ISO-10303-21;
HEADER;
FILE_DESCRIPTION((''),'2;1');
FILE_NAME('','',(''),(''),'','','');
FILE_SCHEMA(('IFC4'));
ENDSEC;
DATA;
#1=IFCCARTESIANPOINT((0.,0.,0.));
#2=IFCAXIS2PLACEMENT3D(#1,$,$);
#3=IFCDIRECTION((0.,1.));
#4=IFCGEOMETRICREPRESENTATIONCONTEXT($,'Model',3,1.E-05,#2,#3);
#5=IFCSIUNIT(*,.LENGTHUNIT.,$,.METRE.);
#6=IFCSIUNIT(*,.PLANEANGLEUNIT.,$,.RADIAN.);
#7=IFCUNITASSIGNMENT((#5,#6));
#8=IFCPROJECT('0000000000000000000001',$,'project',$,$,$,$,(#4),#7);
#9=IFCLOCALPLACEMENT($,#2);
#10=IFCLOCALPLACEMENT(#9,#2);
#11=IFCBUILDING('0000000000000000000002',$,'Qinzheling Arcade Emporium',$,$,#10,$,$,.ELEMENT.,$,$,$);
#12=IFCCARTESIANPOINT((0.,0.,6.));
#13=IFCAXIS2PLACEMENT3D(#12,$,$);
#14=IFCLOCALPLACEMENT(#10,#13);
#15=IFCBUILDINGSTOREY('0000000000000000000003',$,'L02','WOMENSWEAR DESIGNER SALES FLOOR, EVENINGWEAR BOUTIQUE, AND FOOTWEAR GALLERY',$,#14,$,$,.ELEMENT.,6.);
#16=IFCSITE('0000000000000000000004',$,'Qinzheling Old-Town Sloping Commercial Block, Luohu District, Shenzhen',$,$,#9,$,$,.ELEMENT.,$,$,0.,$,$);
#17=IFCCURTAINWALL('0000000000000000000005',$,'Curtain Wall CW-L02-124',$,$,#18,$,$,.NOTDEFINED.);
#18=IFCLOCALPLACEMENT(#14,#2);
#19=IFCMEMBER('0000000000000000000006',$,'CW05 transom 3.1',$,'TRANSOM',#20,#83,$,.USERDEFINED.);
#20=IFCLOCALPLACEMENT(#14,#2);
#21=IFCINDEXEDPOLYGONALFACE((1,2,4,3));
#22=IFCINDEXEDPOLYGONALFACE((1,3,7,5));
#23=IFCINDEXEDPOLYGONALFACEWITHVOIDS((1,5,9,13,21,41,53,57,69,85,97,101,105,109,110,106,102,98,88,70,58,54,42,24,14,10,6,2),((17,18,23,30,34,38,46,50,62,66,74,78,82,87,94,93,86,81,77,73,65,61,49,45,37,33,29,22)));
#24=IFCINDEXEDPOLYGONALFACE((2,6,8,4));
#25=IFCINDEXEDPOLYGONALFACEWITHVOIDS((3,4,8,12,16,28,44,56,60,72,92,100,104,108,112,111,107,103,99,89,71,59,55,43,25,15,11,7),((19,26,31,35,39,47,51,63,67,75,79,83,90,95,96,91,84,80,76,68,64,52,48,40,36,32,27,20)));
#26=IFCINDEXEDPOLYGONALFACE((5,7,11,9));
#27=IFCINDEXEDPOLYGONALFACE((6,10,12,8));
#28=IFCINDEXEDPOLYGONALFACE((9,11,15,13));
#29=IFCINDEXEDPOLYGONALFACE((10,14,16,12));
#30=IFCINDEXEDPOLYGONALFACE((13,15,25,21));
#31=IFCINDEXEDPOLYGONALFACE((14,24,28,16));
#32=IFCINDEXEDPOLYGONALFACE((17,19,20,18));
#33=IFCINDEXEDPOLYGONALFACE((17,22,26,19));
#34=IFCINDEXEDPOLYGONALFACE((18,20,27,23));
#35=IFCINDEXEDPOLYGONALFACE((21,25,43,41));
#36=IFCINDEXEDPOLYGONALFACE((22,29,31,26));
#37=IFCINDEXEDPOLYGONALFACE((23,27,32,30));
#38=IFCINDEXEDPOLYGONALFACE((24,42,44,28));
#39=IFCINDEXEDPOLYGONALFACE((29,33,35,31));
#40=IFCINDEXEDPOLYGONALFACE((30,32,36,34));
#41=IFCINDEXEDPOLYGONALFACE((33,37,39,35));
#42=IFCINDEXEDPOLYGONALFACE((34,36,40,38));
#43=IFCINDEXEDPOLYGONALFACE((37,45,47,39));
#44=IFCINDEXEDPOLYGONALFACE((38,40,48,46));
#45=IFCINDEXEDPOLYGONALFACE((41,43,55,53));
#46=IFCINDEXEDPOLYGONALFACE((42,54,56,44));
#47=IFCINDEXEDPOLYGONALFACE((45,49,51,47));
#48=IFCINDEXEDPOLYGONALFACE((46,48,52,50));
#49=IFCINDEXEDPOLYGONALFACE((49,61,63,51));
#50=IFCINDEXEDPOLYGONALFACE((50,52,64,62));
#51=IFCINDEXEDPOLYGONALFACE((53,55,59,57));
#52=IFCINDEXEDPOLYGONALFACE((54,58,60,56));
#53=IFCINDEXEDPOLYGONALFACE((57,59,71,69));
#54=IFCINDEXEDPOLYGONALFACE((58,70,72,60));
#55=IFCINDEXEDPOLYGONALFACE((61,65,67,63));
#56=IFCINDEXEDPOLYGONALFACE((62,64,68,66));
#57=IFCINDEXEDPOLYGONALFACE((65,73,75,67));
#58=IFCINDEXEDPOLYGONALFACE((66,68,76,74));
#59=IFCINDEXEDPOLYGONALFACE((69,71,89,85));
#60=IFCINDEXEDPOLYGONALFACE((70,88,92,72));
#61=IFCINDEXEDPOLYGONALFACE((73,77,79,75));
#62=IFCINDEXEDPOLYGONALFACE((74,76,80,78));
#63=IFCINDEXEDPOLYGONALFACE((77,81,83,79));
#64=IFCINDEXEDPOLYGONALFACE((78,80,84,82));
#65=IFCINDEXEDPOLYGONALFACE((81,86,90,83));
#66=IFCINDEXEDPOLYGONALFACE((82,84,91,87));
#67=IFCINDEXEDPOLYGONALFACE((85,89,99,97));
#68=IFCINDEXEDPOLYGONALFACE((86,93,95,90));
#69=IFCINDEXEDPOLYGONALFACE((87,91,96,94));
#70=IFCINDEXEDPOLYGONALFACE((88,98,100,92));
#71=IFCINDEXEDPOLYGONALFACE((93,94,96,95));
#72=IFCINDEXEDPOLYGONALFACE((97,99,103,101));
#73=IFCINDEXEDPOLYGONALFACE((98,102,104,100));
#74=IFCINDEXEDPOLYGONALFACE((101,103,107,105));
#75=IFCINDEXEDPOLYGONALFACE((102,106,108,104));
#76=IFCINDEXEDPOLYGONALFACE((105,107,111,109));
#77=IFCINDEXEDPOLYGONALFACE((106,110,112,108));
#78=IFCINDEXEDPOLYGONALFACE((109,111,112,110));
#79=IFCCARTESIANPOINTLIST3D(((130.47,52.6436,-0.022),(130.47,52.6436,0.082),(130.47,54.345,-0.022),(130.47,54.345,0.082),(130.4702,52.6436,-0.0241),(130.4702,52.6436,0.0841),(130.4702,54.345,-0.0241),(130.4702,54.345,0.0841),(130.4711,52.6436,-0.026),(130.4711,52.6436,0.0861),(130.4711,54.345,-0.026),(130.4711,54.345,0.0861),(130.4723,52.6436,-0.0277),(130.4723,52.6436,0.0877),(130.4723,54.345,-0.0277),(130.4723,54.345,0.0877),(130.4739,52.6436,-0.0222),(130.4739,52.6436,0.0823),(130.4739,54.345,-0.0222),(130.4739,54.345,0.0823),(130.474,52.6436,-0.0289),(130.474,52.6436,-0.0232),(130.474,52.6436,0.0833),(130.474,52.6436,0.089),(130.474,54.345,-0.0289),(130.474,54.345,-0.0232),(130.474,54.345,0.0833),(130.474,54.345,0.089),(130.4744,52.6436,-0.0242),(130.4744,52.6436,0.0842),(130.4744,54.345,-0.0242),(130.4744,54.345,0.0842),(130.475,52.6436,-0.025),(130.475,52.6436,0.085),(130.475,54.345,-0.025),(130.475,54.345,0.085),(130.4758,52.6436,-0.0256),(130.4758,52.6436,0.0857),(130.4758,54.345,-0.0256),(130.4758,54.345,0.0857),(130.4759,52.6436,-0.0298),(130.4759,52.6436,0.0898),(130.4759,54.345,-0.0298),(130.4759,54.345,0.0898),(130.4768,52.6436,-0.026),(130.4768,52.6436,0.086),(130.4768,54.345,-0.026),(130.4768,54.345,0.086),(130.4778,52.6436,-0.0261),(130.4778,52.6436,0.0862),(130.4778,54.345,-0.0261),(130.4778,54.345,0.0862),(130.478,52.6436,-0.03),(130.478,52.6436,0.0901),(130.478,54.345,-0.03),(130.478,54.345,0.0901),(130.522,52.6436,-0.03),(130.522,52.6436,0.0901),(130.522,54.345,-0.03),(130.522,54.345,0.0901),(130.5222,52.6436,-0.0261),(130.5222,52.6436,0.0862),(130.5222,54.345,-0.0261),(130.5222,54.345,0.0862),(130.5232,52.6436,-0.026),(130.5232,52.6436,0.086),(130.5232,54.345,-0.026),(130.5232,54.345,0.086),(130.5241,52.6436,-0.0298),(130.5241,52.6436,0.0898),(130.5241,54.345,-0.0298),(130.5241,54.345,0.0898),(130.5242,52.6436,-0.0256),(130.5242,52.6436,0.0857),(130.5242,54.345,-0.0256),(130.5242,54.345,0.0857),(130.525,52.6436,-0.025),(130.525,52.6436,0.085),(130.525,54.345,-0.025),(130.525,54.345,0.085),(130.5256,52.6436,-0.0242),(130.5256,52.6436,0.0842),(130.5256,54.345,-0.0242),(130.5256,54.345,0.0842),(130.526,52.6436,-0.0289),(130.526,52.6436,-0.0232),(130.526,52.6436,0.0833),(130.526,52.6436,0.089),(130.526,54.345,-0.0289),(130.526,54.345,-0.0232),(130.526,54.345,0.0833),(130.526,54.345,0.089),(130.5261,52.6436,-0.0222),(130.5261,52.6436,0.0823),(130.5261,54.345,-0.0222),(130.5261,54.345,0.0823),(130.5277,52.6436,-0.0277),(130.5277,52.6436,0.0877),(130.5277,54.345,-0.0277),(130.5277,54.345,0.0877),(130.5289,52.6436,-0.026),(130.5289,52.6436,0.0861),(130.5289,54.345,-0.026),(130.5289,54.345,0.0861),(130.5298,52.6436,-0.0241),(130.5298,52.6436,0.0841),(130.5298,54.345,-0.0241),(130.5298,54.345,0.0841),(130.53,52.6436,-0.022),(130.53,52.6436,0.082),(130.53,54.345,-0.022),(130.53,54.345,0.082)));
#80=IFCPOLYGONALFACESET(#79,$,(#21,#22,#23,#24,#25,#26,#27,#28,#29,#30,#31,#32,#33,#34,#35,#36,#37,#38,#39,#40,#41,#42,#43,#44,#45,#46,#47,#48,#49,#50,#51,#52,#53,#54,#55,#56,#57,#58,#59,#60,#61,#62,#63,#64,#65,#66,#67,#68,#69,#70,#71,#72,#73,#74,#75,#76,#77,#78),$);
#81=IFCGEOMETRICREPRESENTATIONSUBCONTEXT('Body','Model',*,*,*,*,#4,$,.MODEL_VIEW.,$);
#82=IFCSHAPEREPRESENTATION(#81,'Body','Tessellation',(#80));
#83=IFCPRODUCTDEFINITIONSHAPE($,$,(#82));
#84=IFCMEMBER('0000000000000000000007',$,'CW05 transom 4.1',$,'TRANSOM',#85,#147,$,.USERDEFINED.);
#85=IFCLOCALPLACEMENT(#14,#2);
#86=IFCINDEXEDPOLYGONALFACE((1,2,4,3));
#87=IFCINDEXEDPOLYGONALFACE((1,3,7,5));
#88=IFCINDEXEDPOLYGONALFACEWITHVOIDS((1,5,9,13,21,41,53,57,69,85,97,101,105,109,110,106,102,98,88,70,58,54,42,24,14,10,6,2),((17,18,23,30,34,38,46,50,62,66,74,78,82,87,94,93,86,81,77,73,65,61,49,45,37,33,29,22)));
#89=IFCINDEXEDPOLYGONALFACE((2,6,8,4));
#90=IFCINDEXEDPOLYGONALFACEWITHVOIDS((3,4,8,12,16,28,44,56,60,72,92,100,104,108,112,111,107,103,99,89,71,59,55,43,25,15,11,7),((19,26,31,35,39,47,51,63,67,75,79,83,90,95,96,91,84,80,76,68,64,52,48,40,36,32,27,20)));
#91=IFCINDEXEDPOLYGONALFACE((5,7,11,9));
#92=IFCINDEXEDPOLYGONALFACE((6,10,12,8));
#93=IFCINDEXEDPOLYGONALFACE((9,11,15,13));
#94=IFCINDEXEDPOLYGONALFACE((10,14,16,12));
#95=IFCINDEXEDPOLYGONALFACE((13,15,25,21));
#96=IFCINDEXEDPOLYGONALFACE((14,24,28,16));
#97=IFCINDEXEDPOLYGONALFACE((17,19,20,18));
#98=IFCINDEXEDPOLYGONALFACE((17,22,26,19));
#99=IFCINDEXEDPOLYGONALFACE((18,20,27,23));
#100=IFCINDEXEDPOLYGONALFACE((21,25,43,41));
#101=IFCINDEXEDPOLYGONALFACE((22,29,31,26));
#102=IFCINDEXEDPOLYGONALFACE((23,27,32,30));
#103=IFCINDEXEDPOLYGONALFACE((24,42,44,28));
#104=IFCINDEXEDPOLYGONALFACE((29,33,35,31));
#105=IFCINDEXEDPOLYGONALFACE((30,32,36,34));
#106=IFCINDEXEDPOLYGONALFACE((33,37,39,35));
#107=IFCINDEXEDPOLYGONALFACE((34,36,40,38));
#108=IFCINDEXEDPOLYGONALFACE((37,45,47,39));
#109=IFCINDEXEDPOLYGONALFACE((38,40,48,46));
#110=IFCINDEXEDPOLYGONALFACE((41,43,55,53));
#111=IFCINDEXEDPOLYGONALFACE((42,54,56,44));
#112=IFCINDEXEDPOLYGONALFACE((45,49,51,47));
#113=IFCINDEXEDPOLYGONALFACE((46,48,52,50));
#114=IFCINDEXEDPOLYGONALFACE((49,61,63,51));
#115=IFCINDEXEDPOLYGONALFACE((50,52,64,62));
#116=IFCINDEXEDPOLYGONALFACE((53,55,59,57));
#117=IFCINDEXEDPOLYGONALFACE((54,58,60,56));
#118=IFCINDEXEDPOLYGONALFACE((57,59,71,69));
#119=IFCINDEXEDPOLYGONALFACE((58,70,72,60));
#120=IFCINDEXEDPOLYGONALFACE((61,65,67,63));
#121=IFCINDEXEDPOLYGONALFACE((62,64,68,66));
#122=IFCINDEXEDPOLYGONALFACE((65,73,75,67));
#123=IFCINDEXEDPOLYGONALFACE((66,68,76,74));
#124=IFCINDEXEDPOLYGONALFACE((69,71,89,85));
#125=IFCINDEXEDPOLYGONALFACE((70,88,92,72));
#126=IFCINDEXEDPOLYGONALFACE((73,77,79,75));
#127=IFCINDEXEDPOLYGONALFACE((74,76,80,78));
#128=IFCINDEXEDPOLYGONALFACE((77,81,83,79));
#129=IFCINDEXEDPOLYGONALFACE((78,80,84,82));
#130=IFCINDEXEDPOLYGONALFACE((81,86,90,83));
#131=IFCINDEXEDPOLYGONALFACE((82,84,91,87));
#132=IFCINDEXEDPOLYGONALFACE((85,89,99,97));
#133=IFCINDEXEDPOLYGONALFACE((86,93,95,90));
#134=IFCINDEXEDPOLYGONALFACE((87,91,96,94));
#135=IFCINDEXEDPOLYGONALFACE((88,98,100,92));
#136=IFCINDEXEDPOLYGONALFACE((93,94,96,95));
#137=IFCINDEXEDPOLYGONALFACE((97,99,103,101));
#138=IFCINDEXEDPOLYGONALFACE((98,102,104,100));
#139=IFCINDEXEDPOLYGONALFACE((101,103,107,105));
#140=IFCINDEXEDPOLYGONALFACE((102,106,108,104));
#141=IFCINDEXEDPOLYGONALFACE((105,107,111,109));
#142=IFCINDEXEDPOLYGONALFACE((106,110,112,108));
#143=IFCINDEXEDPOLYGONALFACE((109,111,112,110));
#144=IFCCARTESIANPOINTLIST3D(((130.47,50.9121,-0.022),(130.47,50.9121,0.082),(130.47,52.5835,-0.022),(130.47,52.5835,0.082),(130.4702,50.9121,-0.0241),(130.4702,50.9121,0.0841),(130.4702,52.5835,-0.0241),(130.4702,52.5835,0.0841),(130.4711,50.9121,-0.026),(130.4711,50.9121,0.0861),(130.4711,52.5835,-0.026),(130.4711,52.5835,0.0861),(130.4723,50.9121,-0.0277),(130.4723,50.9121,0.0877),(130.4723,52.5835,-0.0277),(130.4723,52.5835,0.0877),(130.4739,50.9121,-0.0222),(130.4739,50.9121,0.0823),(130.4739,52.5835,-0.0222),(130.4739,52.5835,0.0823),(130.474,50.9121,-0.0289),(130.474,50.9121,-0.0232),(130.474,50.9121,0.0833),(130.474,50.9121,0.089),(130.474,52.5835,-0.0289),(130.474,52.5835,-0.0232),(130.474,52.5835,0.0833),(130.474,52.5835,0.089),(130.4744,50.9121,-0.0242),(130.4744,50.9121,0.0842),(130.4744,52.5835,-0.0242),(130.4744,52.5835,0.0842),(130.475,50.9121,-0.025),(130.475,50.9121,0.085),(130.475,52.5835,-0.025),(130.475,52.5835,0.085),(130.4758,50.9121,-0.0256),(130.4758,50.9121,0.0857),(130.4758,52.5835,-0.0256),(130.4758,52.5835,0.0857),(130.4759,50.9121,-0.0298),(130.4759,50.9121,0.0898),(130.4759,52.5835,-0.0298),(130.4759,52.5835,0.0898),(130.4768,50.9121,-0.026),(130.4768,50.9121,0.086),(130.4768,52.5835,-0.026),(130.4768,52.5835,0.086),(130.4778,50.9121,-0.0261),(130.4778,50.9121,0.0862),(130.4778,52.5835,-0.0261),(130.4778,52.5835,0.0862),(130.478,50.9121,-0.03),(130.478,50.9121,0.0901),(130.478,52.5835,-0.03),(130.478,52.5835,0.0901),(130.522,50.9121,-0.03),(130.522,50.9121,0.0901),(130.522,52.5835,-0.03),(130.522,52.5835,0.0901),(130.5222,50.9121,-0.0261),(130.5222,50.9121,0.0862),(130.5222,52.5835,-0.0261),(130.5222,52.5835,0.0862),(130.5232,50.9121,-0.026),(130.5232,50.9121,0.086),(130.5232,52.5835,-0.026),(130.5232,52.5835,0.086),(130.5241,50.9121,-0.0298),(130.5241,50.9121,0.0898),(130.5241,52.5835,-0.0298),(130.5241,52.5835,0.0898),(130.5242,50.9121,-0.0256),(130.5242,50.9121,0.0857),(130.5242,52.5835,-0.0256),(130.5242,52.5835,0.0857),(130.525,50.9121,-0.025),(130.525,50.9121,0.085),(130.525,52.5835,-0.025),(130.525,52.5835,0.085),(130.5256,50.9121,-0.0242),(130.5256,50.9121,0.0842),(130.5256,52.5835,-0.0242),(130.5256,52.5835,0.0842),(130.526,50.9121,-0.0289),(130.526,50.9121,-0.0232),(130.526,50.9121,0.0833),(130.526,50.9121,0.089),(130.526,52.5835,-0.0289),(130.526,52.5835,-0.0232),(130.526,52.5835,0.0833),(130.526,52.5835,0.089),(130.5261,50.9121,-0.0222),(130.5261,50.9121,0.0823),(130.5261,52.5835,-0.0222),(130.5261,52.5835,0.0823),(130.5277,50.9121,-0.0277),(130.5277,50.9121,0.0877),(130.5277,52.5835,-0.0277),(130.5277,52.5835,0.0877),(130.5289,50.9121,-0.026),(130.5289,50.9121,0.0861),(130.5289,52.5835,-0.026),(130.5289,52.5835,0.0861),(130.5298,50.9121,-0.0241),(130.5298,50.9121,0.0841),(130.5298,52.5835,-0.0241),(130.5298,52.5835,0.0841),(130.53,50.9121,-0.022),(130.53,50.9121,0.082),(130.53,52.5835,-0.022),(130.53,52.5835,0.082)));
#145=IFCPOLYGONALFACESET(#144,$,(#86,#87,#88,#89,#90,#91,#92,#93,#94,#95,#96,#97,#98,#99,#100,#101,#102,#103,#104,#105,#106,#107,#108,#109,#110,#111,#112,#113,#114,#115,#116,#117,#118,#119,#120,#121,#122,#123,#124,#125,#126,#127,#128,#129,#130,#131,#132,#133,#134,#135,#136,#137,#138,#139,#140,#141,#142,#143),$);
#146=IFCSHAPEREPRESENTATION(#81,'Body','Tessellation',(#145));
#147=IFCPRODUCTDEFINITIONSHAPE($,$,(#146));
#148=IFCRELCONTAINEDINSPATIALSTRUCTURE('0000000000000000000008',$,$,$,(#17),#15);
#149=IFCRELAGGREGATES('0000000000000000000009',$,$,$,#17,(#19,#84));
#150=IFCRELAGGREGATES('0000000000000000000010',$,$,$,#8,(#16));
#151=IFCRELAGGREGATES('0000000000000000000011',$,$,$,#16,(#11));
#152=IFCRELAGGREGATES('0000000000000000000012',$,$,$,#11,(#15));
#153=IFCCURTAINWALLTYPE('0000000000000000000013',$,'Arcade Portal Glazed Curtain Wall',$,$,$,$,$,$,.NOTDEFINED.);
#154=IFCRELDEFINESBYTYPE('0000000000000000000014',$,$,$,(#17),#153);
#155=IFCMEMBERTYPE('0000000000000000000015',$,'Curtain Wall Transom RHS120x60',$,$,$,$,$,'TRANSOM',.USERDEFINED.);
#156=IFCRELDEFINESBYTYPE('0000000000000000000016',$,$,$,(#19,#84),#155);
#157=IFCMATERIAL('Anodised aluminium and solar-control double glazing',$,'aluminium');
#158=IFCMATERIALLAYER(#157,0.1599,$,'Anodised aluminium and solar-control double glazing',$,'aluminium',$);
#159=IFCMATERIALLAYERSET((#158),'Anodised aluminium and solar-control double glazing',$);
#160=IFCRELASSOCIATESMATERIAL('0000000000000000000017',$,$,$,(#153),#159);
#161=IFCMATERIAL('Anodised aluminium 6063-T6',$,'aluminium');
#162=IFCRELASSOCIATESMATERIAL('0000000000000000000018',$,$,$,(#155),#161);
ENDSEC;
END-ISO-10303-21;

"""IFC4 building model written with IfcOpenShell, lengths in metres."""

from ifc_helpers import new_model, si_unit, direction, frame, origin, origin_2d, place, context, subcontext, project, spatial, hollow_rectangle, extrude, material, layer, layer_set, material_profile, profile_set, type_object, element, aggregate, save


model = new_model("IFC4")

# Units and contexts
model_context = context("Model", 3, precision=1e-05, world=origin(), true_north=direction((0.0, 1.0)))
body_context = subcontext(model_context, "Body", "Model", "MODEL_VIEW")
ifc_project = project(units=[si_unit("LENGTHUNIT", "METRE"), si_unit("PLANEANGLEUNIT", "RADIAN")], contexts=[model_context])

# Site, building, storey
site_placement = place(None, origin())
site = spatial("IfcSite", under=ifc_project, at=site_placement, Name="Qinzheling Old-Town Sloping Commercial Block, Luohu District, Shenzhen", CompositionType="ELEMENT", RefElevation=0.0)
building_placement = place(site_placement, origin())
building = spatial("IfcBuilding", under=site, at=building_placement, Name="Qinzheling Arcade Emporium", CompositionType="ELEMENT")
storey_placement = place(building_placement, frame((0.0, 0.0, 6.0)))
storey = spatial("IfcBuildingStorey", under=building, at=storey_placement, Name="L02", Description="WOMENSWEAR DESIGNER SALES FLOOR, EVENINGWEAR BOUTIQUE, AND FOOTWEAR GALLERY", CompositionType="ELEMENT", Elevation=6.0)

# Curtain wall
ifc_material_1 = material(Name="Anodised aluminium and solar-control double glazing", Category="aluminium")
ifc_layer_1 = layer(ifc_material_1, 0.1599, Name="Anodised aluminium and solar-control double glazing", Category="aluminium")
ifc_layer_set_1 = layer_set([ifc_layer_1], Name="Anodised aluminium and solar-control double glazing")
curtain_wall_type = type_object("IfcCurtainWallType", Name="Arcade Portal Glazed Curtain Wall", PredefinedType="NOTDEFINED", material=ifc_layer_set_1)
curtain_wall_1_placement = place(storey_placement, origin())
curtain_wall_1 = element("IfcCurtainWall", 1, at=curtain_wall_1_placement, inside=storey, type_object=curtain_wall_type, Name="Curtain Wall CW-L02-124", PredefinedType="NOTDEFINED")
ifc_material_2 = material(Name="Anodised aluminium 6063-T6", Category="aluminium")

# Members
ifc_material_profile_1 = material_profile(ifc_material_2, hollow_rectangle(XDim=0.0601, YDim=0.1201, WallThickness=0.0039, InnerFilletRadius=0.0039, OuterFilletRadius=0.0081, at=origin_2d()), Name="RHS 120x60x4", Category="aluminium")
ifc_profile_set_1 = profile_set([ifc_material_profile_1], Name="Anodised aluminium 6063-T6")
member_type_1 = type_object("IfcMemberType", Name="Curtain Wall Transom RHS120x60", ElementType="TRANSOM", PredefinedType="USERDEFINED", material=ifc_profile_set_1)
member_1_placement = place(storey_placement, frame((130.5, 54.345, 0.03), z_axis=(0.0, -1.0, 0.0), x_axis=(1.0, 0.0, 0.0)))
member_1 = element("IfcMember", 2, at=member_1_placement, type_object=member_type_1, Name="CW05 transom 3.1", ObjectType="TRANSOM", PredefinedType="USERDEFINED", context=body_context, shape_type="SweptSolid", body=[
    extrude(hollow_rectangle(XDim=0.0601, YDim=0.1201, WallThickness=0.0039, InnerFilletRadius=0.0039, OuterFilletRadius=0.0081, at=origin_2d()), origin(), (0.0, 0.0, 1.0), 1.7014),
])
member_2_placement = place(storey_placement, frame((130.5, 52.5835, 0.03), z_axis=(0.0, -1.0, 0.0), x_axis=(1.0, 0.0, 0.0)))
member_2 = element("IfcMember", 3, at=member_2_placement, type_object=member_type_1, Name="CW05 transom 4.1", ObjectType="TRANSOM", PredefinedType="USERDEFINED", context=body_context, shape_type="SweptSolid", body=[
    extrude(hollow_rectangle(XDim=0.0601, YDim=0.1201, WallThickness=0.0039, InnerFilletRadius=0.0039, OuterFilletRadius=0.0081, at=origin_2d()), origin(), (0.0, 0.0, 1.0), 1.6714),
])

aggregate(curtain_wall_1, [member_1, member_2])

save(model, "model.ifc")
